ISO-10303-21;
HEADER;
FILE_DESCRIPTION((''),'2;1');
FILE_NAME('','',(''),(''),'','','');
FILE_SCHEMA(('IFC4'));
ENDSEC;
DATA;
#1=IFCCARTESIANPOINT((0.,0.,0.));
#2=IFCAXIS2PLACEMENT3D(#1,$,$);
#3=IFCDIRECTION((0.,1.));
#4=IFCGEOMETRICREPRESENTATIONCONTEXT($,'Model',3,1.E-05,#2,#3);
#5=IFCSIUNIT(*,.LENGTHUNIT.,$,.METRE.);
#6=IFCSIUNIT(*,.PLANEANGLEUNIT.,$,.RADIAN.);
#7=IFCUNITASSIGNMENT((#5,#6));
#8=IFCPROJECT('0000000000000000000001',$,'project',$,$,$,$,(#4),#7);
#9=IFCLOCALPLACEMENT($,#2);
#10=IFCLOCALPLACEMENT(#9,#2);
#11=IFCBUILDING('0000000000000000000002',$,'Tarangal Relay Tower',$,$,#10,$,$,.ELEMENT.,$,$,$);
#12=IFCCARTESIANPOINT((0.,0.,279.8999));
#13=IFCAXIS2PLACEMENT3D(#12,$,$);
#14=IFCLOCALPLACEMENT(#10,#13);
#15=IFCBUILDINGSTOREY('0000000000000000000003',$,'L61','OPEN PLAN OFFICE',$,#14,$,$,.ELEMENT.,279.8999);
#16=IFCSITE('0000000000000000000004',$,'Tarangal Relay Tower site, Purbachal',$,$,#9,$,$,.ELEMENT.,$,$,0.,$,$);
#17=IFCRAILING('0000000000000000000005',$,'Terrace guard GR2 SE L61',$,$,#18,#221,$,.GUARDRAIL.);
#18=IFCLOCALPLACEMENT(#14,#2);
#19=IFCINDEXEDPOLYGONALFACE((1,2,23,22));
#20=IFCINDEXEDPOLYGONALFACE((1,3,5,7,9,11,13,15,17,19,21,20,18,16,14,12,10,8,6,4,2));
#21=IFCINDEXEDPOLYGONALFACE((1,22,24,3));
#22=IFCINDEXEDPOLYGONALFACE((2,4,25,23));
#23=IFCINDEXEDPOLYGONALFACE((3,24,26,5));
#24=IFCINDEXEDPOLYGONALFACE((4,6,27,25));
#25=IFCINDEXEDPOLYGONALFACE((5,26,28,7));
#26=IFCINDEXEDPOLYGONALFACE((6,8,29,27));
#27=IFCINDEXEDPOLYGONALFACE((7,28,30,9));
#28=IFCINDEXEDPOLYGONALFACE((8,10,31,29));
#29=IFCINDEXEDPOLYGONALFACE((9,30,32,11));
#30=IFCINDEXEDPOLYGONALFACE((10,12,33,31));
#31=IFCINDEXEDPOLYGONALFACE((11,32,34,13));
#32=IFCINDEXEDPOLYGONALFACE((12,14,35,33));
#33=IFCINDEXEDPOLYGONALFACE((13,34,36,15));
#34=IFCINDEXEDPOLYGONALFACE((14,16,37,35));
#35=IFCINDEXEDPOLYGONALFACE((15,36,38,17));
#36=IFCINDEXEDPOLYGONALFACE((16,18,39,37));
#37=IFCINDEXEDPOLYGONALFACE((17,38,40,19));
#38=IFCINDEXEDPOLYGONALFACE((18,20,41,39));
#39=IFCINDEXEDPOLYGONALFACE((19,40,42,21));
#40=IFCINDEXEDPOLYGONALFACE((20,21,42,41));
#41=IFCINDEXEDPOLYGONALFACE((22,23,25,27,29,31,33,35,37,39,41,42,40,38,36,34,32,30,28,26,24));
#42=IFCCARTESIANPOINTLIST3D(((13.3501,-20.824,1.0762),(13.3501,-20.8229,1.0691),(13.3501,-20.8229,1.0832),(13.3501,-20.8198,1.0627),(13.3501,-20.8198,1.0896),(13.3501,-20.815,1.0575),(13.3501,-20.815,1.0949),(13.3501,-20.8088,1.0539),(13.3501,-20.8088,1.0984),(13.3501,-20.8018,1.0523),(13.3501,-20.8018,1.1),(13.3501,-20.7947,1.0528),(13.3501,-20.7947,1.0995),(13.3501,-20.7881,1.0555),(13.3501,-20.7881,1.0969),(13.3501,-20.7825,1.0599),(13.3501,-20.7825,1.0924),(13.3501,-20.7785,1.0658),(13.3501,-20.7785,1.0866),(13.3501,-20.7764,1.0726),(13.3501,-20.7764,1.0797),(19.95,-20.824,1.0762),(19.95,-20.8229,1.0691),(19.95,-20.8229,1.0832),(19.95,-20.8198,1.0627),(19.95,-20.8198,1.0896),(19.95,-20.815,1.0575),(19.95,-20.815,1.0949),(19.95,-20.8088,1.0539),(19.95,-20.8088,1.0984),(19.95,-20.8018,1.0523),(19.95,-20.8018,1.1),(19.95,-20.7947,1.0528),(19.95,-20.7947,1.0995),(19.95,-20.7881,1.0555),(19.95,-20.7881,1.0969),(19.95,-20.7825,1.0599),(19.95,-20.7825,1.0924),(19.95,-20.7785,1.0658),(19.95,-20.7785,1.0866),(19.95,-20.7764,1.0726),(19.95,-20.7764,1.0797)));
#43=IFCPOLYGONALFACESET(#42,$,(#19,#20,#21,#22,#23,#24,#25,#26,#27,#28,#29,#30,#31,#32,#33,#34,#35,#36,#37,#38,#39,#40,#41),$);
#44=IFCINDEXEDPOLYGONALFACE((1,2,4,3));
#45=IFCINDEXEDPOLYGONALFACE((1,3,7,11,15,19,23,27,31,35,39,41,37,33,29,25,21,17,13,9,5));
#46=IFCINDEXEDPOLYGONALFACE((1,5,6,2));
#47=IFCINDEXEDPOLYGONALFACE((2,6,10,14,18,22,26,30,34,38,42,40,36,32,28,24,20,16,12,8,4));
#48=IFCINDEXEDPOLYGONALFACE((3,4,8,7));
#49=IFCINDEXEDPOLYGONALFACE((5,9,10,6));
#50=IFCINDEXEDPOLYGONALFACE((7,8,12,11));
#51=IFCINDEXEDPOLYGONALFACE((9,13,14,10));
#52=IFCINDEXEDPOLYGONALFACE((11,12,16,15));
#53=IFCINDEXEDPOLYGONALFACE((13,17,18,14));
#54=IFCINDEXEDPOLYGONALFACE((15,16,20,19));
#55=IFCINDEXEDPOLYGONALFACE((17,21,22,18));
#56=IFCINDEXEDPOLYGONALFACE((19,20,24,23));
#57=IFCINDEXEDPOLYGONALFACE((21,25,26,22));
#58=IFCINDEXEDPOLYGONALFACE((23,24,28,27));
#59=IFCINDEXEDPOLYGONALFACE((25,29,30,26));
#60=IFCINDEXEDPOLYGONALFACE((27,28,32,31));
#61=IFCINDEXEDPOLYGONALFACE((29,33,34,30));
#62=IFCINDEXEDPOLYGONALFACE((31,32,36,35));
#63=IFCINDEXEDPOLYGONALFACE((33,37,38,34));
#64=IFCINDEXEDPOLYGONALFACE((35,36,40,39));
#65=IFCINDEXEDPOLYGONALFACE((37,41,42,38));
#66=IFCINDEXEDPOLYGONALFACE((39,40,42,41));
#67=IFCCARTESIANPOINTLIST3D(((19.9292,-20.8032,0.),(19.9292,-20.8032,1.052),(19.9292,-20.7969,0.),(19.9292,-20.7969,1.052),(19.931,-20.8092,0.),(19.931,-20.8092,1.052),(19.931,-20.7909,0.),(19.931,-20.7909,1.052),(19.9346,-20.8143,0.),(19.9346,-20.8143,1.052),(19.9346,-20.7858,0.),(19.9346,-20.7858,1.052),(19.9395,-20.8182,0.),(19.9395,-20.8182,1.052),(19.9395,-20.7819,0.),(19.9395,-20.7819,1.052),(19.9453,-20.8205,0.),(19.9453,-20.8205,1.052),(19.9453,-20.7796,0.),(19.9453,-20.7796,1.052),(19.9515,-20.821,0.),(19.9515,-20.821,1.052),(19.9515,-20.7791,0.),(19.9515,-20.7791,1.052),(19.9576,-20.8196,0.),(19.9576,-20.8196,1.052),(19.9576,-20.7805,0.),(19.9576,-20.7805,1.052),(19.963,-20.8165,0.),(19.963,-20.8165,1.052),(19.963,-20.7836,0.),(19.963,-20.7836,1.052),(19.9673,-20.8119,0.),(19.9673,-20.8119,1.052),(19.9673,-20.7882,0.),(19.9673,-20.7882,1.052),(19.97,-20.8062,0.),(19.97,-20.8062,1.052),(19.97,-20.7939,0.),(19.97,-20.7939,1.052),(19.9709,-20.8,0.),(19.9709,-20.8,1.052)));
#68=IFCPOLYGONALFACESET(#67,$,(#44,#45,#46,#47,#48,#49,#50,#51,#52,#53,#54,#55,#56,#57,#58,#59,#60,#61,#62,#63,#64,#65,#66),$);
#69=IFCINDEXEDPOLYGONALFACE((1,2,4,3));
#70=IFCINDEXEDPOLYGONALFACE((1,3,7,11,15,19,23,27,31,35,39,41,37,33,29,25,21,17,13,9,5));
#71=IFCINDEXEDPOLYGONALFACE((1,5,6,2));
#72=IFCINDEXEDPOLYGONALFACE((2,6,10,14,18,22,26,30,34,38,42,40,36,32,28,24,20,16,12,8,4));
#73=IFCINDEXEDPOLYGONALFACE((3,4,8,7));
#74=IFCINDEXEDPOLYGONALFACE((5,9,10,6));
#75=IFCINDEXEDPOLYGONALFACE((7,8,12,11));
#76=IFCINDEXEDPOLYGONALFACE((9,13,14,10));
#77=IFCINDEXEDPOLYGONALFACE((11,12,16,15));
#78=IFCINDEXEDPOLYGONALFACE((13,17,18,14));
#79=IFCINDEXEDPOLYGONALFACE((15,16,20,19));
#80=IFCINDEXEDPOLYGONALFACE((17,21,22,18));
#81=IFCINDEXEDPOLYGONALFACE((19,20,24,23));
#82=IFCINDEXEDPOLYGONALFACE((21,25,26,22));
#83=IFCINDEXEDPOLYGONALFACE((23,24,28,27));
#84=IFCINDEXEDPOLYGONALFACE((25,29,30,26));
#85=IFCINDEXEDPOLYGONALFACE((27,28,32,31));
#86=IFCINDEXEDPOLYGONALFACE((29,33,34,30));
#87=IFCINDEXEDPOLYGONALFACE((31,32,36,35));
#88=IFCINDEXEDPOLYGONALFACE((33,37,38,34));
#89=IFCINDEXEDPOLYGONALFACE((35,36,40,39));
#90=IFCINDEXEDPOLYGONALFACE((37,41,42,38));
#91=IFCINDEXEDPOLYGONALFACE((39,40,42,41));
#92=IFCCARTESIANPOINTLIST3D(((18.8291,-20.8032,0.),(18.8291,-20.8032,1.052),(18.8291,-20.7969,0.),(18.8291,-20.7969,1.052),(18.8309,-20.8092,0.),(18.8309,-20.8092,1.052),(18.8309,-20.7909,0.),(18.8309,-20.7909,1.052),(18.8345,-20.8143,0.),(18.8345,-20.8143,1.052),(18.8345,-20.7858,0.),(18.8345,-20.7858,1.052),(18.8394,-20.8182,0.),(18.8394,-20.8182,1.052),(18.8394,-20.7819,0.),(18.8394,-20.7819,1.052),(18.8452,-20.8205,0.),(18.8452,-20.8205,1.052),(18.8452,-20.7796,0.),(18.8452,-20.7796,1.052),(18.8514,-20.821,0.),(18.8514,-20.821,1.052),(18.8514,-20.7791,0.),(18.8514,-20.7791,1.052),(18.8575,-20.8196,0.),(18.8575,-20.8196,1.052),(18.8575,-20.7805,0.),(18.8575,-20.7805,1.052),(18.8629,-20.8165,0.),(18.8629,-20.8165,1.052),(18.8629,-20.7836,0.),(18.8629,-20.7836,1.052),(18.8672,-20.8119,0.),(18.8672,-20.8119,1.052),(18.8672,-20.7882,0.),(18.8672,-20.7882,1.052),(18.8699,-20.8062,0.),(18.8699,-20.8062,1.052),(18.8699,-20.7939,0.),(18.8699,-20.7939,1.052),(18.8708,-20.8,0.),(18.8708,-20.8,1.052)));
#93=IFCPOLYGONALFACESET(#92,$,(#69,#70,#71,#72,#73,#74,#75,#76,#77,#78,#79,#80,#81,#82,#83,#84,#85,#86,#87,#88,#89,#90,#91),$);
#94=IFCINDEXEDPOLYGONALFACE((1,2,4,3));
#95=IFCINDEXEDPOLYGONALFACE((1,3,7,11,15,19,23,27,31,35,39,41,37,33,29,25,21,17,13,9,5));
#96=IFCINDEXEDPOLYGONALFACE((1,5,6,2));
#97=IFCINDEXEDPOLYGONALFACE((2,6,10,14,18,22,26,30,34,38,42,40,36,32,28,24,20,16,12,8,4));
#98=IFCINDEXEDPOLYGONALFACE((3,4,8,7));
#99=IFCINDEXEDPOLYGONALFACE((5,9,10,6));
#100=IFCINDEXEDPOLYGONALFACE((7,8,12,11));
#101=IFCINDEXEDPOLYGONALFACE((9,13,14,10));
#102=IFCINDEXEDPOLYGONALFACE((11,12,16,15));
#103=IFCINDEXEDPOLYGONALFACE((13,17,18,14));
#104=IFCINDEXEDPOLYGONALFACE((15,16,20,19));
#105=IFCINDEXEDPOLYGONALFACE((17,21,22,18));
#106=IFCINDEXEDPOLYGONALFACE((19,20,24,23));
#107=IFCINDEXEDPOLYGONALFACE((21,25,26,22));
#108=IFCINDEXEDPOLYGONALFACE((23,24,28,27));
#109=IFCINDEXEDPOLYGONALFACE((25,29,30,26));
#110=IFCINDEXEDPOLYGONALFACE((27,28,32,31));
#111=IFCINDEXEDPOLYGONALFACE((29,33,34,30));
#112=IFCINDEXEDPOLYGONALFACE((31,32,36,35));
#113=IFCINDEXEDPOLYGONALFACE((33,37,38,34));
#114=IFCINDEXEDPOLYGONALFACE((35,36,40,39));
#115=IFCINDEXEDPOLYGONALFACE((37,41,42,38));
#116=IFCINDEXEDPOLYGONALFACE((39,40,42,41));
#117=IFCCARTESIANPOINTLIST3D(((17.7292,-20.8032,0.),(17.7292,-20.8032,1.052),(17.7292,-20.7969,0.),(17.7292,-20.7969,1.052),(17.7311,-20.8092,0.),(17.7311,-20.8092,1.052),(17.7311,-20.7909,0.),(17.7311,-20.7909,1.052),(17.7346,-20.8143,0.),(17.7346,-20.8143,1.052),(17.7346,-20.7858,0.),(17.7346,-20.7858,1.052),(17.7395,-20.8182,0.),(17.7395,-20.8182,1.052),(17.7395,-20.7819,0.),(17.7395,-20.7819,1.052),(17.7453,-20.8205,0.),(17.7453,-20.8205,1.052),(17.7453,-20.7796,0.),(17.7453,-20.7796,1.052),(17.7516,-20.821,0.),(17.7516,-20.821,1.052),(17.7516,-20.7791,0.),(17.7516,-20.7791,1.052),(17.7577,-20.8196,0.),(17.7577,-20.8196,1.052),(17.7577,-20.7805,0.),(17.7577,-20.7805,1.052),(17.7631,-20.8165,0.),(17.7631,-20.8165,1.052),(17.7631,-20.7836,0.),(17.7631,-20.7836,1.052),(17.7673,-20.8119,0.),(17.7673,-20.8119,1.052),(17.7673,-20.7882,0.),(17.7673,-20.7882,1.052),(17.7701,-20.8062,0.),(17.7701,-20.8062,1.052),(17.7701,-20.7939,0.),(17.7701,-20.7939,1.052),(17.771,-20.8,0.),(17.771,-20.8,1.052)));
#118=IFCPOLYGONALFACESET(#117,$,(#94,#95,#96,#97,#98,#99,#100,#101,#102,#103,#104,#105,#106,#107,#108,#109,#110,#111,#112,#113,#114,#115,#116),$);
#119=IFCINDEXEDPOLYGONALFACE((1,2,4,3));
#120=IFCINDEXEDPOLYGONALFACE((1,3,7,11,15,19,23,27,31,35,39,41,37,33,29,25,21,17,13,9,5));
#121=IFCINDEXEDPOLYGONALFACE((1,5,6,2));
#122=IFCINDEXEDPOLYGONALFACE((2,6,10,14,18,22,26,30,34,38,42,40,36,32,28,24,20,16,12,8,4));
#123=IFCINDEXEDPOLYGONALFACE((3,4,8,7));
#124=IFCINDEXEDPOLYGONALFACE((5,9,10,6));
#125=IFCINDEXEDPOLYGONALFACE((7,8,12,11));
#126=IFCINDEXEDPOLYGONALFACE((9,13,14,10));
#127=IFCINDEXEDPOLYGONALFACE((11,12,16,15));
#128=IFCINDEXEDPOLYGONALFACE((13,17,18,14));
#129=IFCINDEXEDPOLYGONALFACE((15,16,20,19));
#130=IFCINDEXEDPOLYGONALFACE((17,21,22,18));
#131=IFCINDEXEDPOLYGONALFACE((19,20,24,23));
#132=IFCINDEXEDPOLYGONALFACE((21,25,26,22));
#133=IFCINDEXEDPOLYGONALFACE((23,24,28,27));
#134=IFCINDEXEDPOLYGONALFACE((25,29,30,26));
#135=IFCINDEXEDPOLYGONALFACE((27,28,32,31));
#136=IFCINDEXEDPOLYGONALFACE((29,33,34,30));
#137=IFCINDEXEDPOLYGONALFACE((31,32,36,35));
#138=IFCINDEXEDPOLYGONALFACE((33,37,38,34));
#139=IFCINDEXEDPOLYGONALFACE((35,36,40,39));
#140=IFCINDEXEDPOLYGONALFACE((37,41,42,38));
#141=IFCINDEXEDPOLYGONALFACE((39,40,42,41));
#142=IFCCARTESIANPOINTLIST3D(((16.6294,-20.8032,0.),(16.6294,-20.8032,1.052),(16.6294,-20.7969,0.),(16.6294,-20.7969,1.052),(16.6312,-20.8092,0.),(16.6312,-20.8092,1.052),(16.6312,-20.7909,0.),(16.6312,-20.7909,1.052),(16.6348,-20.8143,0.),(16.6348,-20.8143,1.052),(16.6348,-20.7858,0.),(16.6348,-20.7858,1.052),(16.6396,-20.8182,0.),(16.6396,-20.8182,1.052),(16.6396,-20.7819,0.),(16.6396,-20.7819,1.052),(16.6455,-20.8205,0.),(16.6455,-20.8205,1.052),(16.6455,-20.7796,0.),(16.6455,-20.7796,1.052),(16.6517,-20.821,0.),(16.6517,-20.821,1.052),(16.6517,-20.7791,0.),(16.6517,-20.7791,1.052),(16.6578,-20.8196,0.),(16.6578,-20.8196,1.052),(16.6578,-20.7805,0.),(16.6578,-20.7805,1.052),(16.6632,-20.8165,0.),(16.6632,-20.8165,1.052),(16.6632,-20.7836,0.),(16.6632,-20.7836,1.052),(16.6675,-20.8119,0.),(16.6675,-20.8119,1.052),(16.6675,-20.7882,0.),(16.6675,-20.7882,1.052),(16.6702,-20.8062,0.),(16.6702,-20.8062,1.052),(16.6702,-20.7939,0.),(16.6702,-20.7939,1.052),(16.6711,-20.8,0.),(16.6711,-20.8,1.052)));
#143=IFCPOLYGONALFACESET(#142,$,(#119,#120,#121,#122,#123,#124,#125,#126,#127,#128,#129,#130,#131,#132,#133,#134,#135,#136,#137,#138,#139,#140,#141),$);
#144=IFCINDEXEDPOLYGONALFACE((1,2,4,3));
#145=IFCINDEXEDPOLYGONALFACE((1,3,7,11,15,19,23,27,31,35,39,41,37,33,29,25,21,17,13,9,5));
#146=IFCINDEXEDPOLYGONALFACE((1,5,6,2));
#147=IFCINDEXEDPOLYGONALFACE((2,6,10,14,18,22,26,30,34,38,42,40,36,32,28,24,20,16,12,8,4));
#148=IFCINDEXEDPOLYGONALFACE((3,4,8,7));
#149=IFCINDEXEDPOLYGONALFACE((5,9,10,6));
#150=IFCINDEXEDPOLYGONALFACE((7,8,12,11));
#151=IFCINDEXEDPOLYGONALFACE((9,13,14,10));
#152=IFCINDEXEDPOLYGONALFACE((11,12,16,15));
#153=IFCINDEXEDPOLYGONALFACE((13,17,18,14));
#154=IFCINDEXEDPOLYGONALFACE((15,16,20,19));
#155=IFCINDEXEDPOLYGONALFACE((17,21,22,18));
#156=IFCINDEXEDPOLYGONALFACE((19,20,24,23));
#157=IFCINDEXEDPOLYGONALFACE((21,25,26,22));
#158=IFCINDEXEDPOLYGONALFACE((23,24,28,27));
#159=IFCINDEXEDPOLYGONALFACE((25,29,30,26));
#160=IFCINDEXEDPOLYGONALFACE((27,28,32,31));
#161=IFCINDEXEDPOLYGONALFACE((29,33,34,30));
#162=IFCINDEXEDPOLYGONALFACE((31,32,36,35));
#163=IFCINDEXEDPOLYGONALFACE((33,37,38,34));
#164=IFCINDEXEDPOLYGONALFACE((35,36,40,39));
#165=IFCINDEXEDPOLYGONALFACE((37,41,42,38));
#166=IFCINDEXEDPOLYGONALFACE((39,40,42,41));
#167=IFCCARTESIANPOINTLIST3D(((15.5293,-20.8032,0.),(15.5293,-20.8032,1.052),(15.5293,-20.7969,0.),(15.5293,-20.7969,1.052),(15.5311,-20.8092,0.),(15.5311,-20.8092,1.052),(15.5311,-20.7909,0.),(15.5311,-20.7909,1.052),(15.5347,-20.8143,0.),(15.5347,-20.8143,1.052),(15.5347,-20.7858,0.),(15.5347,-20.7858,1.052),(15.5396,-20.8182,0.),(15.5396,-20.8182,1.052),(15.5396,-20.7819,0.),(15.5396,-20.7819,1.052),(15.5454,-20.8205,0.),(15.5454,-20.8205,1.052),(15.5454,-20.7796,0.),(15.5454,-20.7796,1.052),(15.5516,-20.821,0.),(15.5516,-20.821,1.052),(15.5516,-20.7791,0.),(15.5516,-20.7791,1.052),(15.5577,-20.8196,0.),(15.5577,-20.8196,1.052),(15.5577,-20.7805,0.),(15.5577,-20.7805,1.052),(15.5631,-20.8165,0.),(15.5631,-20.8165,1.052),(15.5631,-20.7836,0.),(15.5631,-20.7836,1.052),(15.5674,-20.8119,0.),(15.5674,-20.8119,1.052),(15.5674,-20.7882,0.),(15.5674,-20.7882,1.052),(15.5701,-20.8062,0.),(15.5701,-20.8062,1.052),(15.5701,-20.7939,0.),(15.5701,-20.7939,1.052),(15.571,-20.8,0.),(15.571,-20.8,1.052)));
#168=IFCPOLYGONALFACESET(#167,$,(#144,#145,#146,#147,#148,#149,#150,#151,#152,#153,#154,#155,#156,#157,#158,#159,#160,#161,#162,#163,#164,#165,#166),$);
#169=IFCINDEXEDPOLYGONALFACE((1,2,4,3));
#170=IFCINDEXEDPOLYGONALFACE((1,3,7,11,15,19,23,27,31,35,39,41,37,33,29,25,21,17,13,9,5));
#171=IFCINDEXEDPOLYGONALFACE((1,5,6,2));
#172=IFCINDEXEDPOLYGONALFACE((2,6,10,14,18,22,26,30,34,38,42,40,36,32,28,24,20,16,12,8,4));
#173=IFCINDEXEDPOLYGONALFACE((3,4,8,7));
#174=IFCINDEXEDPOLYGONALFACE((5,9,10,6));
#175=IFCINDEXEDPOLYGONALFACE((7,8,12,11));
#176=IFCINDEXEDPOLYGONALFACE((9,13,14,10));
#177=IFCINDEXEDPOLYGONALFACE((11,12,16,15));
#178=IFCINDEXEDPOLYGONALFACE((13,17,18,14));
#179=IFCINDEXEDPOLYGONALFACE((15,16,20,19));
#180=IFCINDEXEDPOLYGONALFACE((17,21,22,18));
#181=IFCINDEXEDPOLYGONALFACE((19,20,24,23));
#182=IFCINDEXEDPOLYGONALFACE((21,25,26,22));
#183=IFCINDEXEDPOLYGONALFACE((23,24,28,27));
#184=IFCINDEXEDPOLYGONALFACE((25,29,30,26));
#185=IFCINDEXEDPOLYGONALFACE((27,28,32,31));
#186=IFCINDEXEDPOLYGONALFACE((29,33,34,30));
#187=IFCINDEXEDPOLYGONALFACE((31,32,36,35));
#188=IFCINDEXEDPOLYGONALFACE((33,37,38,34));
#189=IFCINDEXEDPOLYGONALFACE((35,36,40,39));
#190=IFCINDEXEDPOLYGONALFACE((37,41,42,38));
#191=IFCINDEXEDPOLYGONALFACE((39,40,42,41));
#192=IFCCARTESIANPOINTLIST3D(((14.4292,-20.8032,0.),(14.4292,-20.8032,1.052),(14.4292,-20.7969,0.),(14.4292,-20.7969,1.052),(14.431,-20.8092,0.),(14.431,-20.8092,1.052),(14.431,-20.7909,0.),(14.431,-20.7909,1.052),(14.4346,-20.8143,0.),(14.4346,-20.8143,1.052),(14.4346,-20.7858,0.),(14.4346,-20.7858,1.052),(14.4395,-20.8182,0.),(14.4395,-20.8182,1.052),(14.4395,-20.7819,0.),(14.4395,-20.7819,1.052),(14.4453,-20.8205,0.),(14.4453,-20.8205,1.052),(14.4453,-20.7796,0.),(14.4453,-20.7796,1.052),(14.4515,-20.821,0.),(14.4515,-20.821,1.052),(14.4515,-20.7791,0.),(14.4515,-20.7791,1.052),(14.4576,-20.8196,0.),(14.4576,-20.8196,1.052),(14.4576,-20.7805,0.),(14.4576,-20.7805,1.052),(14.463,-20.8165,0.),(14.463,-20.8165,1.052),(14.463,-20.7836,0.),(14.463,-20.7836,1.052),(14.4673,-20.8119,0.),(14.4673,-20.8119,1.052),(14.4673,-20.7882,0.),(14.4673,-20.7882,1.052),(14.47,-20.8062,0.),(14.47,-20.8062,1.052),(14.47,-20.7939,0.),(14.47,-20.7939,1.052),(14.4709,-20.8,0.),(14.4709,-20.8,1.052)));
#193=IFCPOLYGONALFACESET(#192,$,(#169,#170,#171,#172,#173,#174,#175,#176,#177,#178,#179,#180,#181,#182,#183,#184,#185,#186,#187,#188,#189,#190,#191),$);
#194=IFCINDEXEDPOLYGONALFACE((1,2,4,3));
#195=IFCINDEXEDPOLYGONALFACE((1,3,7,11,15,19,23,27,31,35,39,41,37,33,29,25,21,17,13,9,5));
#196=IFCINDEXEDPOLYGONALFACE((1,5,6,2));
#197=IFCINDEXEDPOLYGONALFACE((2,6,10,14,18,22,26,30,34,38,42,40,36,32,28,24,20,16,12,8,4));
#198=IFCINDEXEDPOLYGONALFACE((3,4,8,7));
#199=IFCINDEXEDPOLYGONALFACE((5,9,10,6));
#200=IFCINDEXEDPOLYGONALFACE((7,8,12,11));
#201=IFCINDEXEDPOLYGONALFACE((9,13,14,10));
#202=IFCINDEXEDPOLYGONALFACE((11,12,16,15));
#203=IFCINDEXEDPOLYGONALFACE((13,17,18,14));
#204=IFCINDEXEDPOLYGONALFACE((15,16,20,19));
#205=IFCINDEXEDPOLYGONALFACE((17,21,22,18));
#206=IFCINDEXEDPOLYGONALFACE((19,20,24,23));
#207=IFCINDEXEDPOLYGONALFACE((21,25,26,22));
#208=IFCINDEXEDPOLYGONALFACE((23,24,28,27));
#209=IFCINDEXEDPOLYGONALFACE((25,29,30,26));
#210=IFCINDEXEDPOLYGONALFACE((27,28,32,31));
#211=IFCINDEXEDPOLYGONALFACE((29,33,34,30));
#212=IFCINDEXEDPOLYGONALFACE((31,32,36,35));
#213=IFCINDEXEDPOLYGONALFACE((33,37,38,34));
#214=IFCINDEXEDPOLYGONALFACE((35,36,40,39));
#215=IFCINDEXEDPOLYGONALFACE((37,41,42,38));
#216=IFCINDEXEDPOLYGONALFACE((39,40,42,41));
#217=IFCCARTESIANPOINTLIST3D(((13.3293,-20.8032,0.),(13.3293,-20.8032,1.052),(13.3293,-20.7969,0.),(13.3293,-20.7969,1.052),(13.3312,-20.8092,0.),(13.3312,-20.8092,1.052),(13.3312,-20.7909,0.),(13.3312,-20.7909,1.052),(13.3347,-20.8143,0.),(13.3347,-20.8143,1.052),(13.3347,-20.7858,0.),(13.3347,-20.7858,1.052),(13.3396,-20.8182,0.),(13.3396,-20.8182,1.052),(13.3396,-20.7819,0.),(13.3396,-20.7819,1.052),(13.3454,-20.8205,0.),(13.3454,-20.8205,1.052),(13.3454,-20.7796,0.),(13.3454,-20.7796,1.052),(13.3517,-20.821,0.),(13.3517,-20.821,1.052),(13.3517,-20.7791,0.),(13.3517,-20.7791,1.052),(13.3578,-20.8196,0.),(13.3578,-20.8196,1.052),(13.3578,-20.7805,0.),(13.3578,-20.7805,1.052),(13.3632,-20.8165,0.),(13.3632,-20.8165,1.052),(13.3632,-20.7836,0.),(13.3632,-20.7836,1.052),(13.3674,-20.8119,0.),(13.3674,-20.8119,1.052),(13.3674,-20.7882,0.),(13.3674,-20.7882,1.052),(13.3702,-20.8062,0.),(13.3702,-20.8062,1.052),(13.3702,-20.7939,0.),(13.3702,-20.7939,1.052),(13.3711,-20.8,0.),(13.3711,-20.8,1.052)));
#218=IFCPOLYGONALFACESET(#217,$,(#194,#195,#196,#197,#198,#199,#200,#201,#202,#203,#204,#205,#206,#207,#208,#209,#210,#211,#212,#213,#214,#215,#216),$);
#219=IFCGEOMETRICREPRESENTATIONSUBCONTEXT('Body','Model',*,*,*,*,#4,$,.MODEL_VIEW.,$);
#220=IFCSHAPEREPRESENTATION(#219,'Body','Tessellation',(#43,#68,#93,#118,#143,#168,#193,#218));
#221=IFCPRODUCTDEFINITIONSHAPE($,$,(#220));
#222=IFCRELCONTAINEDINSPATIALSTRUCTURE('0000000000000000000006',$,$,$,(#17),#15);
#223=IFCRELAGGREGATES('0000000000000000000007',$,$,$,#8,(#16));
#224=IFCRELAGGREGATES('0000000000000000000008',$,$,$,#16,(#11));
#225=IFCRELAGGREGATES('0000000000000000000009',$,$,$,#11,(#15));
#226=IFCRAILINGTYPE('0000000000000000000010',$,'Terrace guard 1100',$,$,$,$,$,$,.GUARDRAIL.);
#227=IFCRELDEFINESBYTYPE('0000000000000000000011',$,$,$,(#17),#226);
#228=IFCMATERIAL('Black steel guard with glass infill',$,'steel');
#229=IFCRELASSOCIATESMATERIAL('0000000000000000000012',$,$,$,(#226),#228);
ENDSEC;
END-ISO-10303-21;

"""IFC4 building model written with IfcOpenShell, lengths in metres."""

from ifc_helpers import new_model, si_unit, direction, frame, origin, origin_2d, place, context, subcontext, project, spatial, circle, extrude, material, type_object, element, save


model = new_model("IFC4")

# Units and contexts
model_context = context("Model", 3, precision=1e-05, world=origin(), true_north=direction((0.0, 1.0)))
body_context = subcontext(model_context, "Body", "Model", "MODEL_VIEW")
ifc_project = project(units=[si_unit("LENGTHUNIT", "METRE"), si_unit("PLANEANGLEUNIT", "RADIAN")], contexts=[model_context])

# Site, building, storey
site_placement = place(None, origin())
site = spatial("IfcSite", under=ifc_project, at=site_placement, Name="Tarangal Relay Tower site, Purbachal", CompositionType="ELEMENT", RefElevation=0.0)
building_placement = place(site_placement, origin())
building = spatial("IfcBuilding", under=site, at=building_placement, Name="Tarangal Relay Tower", CompositionType="ELEMENT")
storey_placement = place(building_placement, frame((0.0, 0.0, 279.8999)))
storey = spatial("IfcBuildingStorey", under=building, at=storey_placement, Name="L61", Description="OPEN PLAN OFFICE", CompositionType="ELEMENT", Elevation=279.8999)

# Railing
ifc_material_1 = material(Name="Black steel guard with glass infill", Category="steel")
railing_type = type_object("IfcRailingType", Name="Terrace guard 1100", PredefinedType="GUARDRAIL", material=ifc_material_1)
railing_1_placement = place(storey_placement, frame((19.95, -20.8, 0.0)))
element("IfcRailing", 1, at=railing_1_placement, inside=storey, type_object=railing_type, Name="Terrace guard GR2 SE L61", PredefinedType="GUARDRAIL", context=body_context, shape_type="SweptSolid", body=[
    extrude(circle(Radius=0.0239, at=origin_2d()), frame((0.0, 0.0, 1.0762), z_axis=(-1.0, 0.0, 0.0), x_axis=(0.0, -1.0, 0.0)), (0.0, 0.0, 1.0), 6.5999),
    extrude(circle(Radius=0.021, at=origin_2d()), origin(), (0.0, 0.0, 1.0), 1.052),
    extrude(circle(Radius=0.021, at=origin_2d()), frame((-1.1001, 0.0, 0.0)), (0.0, 0.0, 1.0), 1.052),
    extrude(circle(Radius=0.021, at=origin_2d()), frame((-2.2, 0.0, 0.0)), (0.0, 0.0, 1.0), 1.052),
    extrude(circle(Radius=0.021, at=origin_2d()), frame((-3.2998, 0.0, 0.0)), (0.0, 0.0, 1.0), 1.052),
    extrude(circle(Radius=0.021, at=origin_2d()), frame((-4.3999, 0.0, 0.0)), (0.0, 0.0, 1.0), 1.052),
    extrude(circle(Radius=0.021, at=origin_2d()), frame((-5.5, 0.0, 0.0)), (0.0, 0.0, 1.0), 1.052),
    extrude(circle(Radius=0.021, at=origin_2d()), frame((-6.5999, 0.0, 0.0)), (0.0, 0.0, 1.0), 1.052),
])

save(model, "model.ifc")
